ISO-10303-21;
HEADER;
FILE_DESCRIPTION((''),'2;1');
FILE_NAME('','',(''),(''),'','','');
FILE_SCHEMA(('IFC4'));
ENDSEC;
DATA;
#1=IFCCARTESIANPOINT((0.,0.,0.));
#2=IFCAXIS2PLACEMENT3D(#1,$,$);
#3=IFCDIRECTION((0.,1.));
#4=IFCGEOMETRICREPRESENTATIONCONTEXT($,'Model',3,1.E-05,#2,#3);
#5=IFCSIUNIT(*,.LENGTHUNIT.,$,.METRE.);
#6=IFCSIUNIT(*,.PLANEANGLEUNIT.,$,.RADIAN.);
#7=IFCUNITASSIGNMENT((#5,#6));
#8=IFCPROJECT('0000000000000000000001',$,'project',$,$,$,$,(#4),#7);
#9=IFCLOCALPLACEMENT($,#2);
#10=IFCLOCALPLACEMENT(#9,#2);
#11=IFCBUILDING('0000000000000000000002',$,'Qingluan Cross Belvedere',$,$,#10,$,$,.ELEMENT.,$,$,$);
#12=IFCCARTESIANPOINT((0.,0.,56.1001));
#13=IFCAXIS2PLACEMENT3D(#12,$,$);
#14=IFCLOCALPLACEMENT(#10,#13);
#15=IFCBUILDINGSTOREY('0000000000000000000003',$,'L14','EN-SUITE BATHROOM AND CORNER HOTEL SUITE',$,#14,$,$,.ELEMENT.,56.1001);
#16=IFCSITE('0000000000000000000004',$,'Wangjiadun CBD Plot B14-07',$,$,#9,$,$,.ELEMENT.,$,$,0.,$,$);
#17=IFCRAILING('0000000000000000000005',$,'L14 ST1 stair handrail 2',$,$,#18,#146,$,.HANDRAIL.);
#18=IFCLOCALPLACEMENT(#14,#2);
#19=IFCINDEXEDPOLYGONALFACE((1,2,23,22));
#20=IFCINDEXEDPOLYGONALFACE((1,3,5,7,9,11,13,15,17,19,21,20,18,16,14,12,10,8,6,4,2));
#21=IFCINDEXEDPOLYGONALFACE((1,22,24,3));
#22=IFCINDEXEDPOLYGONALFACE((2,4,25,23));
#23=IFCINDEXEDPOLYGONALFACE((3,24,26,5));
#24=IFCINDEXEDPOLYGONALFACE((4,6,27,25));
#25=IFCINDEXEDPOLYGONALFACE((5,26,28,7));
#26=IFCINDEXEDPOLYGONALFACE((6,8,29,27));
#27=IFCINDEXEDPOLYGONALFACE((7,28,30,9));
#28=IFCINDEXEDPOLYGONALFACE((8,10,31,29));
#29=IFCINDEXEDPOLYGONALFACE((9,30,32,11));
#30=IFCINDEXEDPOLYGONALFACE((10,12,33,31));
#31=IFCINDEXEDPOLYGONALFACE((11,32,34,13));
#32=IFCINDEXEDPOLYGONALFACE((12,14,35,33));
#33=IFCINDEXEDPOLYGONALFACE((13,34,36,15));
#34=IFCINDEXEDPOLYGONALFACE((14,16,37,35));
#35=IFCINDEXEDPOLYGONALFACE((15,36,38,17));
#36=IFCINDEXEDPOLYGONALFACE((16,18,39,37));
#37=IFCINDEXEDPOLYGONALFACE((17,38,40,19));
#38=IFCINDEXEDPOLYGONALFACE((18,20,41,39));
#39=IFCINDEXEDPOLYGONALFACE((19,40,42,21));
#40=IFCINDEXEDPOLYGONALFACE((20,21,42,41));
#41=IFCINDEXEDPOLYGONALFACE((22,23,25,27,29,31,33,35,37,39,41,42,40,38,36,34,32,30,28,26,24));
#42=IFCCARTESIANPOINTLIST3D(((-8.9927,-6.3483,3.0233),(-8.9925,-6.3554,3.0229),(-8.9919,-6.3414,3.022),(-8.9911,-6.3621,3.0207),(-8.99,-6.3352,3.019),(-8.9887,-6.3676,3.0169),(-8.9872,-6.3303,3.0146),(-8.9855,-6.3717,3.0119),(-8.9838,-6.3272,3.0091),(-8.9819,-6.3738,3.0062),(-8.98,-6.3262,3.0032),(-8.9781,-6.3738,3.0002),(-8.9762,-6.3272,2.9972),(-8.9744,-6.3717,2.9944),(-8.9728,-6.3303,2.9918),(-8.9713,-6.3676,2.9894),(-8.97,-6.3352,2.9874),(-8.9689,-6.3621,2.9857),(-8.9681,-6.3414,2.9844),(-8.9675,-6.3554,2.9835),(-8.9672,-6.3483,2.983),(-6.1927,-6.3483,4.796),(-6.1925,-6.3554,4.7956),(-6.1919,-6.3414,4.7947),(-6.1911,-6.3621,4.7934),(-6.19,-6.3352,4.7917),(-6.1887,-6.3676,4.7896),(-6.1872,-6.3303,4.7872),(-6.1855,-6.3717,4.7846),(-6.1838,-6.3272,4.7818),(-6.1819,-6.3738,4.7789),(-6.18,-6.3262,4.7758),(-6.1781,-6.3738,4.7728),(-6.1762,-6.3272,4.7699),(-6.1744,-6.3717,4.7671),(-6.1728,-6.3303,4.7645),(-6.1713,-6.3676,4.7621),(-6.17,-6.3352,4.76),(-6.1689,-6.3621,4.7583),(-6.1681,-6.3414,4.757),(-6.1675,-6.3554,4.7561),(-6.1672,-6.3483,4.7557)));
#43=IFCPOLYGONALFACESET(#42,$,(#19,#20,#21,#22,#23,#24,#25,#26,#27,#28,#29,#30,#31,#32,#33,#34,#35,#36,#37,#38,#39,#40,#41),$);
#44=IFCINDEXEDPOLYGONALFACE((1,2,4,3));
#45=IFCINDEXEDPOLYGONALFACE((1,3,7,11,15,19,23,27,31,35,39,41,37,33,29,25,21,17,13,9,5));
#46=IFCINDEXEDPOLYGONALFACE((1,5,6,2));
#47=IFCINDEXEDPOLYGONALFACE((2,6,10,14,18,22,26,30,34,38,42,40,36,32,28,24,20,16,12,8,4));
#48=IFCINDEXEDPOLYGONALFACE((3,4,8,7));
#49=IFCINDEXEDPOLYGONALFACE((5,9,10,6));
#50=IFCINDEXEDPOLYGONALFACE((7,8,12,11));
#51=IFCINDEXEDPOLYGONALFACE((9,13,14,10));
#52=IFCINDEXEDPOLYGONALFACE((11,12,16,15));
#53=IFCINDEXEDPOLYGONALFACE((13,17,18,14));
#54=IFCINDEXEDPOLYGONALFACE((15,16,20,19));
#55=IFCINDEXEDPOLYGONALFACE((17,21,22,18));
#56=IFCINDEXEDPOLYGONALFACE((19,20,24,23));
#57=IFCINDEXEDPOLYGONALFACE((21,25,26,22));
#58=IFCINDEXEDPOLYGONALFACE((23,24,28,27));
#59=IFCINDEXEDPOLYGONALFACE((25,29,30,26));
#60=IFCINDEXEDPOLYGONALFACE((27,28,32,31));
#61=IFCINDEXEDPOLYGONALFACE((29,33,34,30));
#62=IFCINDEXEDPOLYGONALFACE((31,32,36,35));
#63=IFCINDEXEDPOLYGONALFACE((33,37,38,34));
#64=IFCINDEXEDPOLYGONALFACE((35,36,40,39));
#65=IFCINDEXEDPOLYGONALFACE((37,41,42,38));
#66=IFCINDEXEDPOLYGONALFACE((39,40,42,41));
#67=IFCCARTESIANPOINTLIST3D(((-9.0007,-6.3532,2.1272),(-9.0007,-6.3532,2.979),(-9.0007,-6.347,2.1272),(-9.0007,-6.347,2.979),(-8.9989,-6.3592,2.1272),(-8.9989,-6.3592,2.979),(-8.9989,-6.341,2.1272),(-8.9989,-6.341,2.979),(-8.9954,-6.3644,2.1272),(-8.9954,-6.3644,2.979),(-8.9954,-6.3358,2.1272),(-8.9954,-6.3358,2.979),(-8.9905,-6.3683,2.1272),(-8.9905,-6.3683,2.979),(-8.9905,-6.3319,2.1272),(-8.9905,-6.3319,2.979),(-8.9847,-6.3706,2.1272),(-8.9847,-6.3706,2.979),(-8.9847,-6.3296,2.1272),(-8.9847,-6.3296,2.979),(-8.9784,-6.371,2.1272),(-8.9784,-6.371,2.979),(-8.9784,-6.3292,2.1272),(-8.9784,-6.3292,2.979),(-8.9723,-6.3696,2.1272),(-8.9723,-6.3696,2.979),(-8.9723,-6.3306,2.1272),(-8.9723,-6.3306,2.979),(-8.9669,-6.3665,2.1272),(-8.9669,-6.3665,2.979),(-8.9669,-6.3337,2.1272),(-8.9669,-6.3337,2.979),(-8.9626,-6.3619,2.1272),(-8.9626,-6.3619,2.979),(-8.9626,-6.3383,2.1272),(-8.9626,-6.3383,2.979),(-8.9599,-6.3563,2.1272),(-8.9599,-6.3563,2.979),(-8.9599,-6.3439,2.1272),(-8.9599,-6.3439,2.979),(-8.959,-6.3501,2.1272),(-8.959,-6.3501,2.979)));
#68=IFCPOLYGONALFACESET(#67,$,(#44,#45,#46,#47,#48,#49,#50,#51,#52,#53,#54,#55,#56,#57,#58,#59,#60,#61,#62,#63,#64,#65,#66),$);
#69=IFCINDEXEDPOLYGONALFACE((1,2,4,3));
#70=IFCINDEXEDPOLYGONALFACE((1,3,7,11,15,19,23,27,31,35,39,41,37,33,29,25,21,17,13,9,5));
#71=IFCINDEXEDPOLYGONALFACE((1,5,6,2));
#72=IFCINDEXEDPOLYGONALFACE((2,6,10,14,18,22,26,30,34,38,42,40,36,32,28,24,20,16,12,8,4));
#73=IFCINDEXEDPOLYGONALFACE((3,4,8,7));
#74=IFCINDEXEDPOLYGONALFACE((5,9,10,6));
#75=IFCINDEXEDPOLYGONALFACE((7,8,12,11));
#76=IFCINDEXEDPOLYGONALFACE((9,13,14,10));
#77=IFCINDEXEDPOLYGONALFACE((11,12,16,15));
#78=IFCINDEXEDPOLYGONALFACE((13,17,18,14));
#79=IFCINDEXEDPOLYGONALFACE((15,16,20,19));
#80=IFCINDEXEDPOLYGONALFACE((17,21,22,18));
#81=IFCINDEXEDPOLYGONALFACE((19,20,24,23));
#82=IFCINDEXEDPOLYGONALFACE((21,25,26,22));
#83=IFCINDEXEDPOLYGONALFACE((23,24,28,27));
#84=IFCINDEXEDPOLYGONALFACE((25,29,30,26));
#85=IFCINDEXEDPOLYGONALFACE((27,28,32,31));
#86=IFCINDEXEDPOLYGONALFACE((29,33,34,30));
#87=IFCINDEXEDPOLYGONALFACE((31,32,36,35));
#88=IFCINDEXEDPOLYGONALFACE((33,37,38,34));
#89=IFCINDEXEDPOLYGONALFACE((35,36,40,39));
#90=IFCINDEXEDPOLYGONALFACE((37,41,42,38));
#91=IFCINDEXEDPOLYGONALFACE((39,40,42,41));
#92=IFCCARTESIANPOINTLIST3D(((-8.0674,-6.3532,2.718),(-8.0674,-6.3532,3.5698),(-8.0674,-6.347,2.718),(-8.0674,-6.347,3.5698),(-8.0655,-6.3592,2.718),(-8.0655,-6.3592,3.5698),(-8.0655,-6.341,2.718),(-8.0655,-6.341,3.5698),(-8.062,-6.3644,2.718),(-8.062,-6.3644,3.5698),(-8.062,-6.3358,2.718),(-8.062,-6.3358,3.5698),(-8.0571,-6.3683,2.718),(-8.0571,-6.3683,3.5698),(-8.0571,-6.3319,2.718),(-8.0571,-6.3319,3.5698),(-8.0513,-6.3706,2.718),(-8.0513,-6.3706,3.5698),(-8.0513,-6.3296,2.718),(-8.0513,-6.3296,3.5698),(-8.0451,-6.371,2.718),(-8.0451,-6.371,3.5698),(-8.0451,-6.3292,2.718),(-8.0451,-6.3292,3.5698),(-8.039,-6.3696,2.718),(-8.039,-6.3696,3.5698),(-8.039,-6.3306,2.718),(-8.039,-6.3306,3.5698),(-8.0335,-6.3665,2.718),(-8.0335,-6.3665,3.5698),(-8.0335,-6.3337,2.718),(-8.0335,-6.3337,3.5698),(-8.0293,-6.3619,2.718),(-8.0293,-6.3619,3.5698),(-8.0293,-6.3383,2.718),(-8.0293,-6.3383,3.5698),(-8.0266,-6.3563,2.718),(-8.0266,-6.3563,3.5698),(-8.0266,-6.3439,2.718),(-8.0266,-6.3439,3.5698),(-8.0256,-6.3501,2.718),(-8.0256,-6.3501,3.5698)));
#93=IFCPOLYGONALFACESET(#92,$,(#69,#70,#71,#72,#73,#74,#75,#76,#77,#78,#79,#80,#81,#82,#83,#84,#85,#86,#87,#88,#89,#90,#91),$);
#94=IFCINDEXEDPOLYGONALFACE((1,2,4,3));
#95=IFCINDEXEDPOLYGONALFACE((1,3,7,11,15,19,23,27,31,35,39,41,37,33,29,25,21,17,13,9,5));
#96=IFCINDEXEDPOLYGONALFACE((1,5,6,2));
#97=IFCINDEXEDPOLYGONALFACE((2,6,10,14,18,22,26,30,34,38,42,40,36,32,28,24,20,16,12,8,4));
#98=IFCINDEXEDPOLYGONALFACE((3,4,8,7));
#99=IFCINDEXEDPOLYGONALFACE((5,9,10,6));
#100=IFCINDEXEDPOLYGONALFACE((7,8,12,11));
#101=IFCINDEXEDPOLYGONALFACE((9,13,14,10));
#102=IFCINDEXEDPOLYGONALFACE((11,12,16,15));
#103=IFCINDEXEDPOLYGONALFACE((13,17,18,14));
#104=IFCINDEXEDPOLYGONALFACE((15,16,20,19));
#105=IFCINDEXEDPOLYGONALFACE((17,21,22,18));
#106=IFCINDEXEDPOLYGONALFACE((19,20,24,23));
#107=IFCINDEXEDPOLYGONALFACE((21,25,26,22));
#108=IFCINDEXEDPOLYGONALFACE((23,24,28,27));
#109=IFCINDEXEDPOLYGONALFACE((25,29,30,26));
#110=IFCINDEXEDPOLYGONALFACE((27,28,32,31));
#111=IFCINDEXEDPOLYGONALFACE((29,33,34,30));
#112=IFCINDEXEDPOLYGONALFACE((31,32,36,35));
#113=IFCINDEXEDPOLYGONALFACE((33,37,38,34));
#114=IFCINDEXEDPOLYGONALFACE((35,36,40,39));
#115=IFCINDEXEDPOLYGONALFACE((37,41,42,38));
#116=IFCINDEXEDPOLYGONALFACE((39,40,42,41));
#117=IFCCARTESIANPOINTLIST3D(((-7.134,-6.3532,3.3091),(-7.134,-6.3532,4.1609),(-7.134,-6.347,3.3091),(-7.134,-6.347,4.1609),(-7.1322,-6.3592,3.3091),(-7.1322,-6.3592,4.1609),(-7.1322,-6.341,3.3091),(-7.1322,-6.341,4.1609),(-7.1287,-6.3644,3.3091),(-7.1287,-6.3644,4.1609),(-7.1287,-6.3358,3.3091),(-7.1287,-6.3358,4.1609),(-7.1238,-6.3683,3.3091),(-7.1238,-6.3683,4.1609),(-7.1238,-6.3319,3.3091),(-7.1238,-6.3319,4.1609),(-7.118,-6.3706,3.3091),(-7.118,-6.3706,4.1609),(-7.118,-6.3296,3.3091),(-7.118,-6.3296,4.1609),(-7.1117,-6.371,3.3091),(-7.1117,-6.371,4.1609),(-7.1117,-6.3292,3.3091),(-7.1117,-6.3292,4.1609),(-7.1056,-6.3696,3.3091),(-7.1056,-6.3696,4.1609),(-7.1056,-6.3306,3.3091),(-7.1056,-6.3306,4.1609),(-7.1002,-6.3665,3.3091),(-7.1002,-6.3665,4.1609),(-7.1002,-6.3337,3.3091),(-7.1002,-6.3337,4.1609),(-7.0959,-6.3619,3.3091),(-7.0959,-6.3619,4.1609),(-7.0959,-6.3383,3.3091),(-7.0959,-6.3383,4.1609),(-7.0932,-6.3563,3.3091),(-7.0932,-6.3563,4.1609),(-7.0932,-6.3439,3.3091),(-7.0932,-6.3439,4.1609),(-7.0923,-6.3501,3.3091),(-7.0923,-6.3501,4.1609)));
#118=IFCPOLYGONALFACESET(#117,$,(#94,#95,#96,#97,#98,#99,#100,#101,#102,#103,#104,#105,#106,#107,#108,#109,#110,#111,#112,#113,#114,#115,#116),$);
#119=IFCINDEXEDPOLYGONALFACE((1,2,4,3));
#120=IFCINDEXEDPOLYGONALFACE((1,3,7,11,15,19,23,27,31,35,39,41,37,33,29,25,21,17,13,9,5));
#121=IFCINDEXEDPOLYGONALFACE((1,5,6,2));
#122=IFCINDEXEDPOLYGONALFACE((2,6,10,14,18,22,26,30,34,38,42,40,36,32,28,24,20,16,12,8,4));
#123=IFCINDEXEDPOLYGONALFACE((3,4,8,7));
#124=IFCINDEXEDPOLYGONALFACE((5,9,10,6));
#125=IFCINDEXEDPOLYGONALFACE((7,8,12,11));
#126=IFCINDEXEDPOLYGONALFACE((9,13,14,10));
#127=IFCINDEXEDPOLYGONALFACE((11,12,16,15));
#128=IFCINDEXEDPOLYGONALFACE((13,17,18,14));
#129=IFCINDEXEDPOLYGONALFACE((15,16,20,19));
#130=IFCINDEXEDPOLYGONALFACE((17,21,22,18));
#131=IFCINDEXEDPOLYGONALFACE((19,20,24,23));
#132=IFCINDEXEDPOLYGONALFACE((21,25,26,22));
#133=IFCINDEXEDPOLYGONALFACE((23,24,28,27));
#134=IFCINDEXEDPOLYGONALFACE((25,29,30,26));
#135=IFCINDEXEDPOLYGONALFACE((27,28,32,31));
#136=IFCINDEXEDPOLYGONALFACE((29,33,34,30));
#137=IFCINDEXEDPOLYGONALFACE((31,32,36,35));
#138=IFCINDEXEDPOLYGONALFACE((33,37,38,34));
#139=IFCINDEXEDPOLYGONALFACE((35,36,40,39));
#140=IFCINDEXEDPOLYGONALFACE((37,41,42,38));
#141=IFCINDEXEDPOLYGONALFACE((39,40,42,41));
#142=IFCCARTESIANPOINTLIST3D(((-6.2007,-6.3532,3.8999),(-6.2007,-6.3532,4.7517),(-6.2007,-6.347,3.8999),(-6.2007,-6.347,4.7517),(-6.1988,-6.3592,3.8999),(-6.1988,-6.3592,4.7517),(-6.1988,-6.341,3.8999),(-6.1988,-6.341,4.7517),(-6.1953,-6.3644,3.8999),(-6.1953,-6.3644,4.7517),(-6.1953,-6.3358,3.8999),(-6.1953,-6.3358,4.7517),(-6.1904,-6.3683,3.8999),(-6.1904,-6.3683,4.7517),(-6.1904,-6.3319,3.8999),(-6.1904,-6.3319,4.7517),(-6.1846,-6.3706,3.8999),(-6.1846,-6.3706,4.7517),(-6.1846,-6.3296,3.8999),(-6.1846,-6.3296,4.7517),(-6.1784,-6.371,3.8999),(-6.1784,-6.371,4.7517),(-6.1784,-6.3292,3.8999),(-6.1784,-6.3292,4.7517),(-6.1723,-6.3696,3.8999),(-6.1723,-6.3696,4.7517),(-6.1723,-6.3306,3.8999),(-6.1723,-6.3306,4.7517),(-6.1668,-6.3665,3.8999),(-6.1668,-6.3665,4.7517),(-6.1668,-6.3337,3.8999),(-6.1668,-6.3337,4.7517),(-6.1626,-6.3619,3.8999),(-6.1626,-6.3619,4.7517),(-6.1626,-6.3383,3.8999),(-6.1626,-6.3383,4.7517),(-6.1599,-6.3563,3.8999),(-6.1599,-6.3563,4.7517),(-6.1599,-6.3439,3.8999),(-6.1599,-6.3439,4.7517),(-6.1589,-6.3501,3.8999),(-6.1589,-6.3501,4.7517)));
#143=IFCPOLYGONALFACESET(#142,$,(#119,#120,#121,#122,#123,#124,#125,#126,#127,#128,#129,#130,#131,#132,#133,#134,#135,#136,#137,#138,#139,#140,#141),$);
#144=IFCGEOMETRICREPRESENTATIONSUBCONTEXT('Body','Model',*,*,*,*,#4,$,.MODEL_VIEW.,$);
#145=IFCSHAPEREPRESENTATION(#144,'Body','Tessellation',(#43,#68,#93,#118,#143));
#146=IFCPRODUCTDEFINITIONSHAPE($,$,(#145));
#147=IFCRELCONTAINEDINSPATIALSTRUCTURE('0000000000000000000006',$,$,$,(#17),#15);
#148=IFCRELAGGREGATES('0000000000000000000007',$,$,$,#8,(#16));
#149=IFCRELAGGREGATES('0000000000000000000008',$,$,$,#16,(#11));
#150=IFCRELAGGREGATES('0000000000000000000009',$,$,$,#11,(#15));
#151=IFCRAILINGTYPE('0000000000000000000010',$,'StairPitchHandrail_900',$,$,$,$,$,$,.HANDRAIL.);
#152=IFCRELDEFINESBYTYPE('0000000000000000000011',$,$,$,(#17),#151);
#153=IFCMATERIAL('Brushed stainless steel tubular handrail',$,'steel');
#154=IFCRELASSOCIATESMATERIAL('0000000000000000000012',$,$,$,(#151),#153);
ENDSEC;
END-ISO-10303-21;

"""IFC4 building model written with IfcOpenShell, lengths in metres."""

from ifc_helpers import new_model, si_unit, direction, frame, origin, origin_2d, place, context, subcontext, project, spatial, circle, extrude, material, type_object, element, save


model = new_model("IFC4")

# Units and contexts
model_context = context("Model", 3, precision=1e-05, world=origin(), true_north=direction((0.0, 1.0)))
body_context = subcontext(model_context, "Body", "Model", "MODEL_VIEW")
ifc_project = project(units=[si_unit("LENGTHUNIT", "METRE"), si_unit("PLANEANGLEUNIT", "RADIAN")], contexts=[model_context])

# Site, building, storey
site_placement = place(None, origin())
site = spatial("IfcSite", under=ifc_project, at=site_placement, Name="Wangjiadun CBD Plot B14-07", CompositionType="ELEMENT", RefElevation=0.0)
building_placement = place(site_placement, origin())
building = spatial("IfcBuilding", under=site, at=building_placement, Name="Qingluan Cross Belvedere", CompositionType="ELEMENT")
storey_placement = place(building_placement, frame((0.0, 0.0, 56.1001)))
storey = spatial("IfcBuildingStorey", under=building, at=storey_placement, Name="L14", Description="EN-SUITE BATHROOM AND CORNER HOTEL SUITE", CompositionType="ELEMENT", Elevation=56.1001)

# Railing
ifc_material_1 = material(Name="Brushed stainless steel tubular handrail", Category="steel")
railing_type_1 = type_object("IfcRailingType", Name="StairPitchHandrail_900", PredefinedType="HANDRAIL", material=ifc_material_1)
railing_1_placement = place(storey_placement, frame((-8.98, -6.3501, 2.1272)))
element("IfcRailing", 1, at=railing_1_placement, inside=storey, type_object=railing_type_1, Name="L14 ST1 stair handrail 2", PredefinedType="HANDRAIL", context=body_context, shape_type="SweptSolid", body=[
    extrude(circle(Radius=0.0239, at=origin_2d()), frame((0.0, 0.0, 0.876), z_axis=(0.844909, 0.0, 0.53491), x_axis=(0.0, 1.0, 0.0)), (0.0, 0.0, 1.0), 3.314),
    extrude(circle(Radius=0.021, at=origin_2d()), origin(), (0.0, 0.0, 1.0), 0.8518),
    extrude(circle(Radius=0.021, at=origin_2d()), frame((0.9333, 0.0, 0.5908)), (0.0, 0.0, 1.0), 0.8518),
    extrude(circle(Radius=0.021, at=origin_2d()), frame((1.8667, 0.0, 1.1819)), (0.0, 0.0, 1.0), 0.8518),
    extrude(circle(Radius=0.021, at=origin_2d()), frame((2.8, 0.0, 1.7727)), (0.0, 0.0, 1.0), 0.8518),
])

save(model, "model.ifc")
